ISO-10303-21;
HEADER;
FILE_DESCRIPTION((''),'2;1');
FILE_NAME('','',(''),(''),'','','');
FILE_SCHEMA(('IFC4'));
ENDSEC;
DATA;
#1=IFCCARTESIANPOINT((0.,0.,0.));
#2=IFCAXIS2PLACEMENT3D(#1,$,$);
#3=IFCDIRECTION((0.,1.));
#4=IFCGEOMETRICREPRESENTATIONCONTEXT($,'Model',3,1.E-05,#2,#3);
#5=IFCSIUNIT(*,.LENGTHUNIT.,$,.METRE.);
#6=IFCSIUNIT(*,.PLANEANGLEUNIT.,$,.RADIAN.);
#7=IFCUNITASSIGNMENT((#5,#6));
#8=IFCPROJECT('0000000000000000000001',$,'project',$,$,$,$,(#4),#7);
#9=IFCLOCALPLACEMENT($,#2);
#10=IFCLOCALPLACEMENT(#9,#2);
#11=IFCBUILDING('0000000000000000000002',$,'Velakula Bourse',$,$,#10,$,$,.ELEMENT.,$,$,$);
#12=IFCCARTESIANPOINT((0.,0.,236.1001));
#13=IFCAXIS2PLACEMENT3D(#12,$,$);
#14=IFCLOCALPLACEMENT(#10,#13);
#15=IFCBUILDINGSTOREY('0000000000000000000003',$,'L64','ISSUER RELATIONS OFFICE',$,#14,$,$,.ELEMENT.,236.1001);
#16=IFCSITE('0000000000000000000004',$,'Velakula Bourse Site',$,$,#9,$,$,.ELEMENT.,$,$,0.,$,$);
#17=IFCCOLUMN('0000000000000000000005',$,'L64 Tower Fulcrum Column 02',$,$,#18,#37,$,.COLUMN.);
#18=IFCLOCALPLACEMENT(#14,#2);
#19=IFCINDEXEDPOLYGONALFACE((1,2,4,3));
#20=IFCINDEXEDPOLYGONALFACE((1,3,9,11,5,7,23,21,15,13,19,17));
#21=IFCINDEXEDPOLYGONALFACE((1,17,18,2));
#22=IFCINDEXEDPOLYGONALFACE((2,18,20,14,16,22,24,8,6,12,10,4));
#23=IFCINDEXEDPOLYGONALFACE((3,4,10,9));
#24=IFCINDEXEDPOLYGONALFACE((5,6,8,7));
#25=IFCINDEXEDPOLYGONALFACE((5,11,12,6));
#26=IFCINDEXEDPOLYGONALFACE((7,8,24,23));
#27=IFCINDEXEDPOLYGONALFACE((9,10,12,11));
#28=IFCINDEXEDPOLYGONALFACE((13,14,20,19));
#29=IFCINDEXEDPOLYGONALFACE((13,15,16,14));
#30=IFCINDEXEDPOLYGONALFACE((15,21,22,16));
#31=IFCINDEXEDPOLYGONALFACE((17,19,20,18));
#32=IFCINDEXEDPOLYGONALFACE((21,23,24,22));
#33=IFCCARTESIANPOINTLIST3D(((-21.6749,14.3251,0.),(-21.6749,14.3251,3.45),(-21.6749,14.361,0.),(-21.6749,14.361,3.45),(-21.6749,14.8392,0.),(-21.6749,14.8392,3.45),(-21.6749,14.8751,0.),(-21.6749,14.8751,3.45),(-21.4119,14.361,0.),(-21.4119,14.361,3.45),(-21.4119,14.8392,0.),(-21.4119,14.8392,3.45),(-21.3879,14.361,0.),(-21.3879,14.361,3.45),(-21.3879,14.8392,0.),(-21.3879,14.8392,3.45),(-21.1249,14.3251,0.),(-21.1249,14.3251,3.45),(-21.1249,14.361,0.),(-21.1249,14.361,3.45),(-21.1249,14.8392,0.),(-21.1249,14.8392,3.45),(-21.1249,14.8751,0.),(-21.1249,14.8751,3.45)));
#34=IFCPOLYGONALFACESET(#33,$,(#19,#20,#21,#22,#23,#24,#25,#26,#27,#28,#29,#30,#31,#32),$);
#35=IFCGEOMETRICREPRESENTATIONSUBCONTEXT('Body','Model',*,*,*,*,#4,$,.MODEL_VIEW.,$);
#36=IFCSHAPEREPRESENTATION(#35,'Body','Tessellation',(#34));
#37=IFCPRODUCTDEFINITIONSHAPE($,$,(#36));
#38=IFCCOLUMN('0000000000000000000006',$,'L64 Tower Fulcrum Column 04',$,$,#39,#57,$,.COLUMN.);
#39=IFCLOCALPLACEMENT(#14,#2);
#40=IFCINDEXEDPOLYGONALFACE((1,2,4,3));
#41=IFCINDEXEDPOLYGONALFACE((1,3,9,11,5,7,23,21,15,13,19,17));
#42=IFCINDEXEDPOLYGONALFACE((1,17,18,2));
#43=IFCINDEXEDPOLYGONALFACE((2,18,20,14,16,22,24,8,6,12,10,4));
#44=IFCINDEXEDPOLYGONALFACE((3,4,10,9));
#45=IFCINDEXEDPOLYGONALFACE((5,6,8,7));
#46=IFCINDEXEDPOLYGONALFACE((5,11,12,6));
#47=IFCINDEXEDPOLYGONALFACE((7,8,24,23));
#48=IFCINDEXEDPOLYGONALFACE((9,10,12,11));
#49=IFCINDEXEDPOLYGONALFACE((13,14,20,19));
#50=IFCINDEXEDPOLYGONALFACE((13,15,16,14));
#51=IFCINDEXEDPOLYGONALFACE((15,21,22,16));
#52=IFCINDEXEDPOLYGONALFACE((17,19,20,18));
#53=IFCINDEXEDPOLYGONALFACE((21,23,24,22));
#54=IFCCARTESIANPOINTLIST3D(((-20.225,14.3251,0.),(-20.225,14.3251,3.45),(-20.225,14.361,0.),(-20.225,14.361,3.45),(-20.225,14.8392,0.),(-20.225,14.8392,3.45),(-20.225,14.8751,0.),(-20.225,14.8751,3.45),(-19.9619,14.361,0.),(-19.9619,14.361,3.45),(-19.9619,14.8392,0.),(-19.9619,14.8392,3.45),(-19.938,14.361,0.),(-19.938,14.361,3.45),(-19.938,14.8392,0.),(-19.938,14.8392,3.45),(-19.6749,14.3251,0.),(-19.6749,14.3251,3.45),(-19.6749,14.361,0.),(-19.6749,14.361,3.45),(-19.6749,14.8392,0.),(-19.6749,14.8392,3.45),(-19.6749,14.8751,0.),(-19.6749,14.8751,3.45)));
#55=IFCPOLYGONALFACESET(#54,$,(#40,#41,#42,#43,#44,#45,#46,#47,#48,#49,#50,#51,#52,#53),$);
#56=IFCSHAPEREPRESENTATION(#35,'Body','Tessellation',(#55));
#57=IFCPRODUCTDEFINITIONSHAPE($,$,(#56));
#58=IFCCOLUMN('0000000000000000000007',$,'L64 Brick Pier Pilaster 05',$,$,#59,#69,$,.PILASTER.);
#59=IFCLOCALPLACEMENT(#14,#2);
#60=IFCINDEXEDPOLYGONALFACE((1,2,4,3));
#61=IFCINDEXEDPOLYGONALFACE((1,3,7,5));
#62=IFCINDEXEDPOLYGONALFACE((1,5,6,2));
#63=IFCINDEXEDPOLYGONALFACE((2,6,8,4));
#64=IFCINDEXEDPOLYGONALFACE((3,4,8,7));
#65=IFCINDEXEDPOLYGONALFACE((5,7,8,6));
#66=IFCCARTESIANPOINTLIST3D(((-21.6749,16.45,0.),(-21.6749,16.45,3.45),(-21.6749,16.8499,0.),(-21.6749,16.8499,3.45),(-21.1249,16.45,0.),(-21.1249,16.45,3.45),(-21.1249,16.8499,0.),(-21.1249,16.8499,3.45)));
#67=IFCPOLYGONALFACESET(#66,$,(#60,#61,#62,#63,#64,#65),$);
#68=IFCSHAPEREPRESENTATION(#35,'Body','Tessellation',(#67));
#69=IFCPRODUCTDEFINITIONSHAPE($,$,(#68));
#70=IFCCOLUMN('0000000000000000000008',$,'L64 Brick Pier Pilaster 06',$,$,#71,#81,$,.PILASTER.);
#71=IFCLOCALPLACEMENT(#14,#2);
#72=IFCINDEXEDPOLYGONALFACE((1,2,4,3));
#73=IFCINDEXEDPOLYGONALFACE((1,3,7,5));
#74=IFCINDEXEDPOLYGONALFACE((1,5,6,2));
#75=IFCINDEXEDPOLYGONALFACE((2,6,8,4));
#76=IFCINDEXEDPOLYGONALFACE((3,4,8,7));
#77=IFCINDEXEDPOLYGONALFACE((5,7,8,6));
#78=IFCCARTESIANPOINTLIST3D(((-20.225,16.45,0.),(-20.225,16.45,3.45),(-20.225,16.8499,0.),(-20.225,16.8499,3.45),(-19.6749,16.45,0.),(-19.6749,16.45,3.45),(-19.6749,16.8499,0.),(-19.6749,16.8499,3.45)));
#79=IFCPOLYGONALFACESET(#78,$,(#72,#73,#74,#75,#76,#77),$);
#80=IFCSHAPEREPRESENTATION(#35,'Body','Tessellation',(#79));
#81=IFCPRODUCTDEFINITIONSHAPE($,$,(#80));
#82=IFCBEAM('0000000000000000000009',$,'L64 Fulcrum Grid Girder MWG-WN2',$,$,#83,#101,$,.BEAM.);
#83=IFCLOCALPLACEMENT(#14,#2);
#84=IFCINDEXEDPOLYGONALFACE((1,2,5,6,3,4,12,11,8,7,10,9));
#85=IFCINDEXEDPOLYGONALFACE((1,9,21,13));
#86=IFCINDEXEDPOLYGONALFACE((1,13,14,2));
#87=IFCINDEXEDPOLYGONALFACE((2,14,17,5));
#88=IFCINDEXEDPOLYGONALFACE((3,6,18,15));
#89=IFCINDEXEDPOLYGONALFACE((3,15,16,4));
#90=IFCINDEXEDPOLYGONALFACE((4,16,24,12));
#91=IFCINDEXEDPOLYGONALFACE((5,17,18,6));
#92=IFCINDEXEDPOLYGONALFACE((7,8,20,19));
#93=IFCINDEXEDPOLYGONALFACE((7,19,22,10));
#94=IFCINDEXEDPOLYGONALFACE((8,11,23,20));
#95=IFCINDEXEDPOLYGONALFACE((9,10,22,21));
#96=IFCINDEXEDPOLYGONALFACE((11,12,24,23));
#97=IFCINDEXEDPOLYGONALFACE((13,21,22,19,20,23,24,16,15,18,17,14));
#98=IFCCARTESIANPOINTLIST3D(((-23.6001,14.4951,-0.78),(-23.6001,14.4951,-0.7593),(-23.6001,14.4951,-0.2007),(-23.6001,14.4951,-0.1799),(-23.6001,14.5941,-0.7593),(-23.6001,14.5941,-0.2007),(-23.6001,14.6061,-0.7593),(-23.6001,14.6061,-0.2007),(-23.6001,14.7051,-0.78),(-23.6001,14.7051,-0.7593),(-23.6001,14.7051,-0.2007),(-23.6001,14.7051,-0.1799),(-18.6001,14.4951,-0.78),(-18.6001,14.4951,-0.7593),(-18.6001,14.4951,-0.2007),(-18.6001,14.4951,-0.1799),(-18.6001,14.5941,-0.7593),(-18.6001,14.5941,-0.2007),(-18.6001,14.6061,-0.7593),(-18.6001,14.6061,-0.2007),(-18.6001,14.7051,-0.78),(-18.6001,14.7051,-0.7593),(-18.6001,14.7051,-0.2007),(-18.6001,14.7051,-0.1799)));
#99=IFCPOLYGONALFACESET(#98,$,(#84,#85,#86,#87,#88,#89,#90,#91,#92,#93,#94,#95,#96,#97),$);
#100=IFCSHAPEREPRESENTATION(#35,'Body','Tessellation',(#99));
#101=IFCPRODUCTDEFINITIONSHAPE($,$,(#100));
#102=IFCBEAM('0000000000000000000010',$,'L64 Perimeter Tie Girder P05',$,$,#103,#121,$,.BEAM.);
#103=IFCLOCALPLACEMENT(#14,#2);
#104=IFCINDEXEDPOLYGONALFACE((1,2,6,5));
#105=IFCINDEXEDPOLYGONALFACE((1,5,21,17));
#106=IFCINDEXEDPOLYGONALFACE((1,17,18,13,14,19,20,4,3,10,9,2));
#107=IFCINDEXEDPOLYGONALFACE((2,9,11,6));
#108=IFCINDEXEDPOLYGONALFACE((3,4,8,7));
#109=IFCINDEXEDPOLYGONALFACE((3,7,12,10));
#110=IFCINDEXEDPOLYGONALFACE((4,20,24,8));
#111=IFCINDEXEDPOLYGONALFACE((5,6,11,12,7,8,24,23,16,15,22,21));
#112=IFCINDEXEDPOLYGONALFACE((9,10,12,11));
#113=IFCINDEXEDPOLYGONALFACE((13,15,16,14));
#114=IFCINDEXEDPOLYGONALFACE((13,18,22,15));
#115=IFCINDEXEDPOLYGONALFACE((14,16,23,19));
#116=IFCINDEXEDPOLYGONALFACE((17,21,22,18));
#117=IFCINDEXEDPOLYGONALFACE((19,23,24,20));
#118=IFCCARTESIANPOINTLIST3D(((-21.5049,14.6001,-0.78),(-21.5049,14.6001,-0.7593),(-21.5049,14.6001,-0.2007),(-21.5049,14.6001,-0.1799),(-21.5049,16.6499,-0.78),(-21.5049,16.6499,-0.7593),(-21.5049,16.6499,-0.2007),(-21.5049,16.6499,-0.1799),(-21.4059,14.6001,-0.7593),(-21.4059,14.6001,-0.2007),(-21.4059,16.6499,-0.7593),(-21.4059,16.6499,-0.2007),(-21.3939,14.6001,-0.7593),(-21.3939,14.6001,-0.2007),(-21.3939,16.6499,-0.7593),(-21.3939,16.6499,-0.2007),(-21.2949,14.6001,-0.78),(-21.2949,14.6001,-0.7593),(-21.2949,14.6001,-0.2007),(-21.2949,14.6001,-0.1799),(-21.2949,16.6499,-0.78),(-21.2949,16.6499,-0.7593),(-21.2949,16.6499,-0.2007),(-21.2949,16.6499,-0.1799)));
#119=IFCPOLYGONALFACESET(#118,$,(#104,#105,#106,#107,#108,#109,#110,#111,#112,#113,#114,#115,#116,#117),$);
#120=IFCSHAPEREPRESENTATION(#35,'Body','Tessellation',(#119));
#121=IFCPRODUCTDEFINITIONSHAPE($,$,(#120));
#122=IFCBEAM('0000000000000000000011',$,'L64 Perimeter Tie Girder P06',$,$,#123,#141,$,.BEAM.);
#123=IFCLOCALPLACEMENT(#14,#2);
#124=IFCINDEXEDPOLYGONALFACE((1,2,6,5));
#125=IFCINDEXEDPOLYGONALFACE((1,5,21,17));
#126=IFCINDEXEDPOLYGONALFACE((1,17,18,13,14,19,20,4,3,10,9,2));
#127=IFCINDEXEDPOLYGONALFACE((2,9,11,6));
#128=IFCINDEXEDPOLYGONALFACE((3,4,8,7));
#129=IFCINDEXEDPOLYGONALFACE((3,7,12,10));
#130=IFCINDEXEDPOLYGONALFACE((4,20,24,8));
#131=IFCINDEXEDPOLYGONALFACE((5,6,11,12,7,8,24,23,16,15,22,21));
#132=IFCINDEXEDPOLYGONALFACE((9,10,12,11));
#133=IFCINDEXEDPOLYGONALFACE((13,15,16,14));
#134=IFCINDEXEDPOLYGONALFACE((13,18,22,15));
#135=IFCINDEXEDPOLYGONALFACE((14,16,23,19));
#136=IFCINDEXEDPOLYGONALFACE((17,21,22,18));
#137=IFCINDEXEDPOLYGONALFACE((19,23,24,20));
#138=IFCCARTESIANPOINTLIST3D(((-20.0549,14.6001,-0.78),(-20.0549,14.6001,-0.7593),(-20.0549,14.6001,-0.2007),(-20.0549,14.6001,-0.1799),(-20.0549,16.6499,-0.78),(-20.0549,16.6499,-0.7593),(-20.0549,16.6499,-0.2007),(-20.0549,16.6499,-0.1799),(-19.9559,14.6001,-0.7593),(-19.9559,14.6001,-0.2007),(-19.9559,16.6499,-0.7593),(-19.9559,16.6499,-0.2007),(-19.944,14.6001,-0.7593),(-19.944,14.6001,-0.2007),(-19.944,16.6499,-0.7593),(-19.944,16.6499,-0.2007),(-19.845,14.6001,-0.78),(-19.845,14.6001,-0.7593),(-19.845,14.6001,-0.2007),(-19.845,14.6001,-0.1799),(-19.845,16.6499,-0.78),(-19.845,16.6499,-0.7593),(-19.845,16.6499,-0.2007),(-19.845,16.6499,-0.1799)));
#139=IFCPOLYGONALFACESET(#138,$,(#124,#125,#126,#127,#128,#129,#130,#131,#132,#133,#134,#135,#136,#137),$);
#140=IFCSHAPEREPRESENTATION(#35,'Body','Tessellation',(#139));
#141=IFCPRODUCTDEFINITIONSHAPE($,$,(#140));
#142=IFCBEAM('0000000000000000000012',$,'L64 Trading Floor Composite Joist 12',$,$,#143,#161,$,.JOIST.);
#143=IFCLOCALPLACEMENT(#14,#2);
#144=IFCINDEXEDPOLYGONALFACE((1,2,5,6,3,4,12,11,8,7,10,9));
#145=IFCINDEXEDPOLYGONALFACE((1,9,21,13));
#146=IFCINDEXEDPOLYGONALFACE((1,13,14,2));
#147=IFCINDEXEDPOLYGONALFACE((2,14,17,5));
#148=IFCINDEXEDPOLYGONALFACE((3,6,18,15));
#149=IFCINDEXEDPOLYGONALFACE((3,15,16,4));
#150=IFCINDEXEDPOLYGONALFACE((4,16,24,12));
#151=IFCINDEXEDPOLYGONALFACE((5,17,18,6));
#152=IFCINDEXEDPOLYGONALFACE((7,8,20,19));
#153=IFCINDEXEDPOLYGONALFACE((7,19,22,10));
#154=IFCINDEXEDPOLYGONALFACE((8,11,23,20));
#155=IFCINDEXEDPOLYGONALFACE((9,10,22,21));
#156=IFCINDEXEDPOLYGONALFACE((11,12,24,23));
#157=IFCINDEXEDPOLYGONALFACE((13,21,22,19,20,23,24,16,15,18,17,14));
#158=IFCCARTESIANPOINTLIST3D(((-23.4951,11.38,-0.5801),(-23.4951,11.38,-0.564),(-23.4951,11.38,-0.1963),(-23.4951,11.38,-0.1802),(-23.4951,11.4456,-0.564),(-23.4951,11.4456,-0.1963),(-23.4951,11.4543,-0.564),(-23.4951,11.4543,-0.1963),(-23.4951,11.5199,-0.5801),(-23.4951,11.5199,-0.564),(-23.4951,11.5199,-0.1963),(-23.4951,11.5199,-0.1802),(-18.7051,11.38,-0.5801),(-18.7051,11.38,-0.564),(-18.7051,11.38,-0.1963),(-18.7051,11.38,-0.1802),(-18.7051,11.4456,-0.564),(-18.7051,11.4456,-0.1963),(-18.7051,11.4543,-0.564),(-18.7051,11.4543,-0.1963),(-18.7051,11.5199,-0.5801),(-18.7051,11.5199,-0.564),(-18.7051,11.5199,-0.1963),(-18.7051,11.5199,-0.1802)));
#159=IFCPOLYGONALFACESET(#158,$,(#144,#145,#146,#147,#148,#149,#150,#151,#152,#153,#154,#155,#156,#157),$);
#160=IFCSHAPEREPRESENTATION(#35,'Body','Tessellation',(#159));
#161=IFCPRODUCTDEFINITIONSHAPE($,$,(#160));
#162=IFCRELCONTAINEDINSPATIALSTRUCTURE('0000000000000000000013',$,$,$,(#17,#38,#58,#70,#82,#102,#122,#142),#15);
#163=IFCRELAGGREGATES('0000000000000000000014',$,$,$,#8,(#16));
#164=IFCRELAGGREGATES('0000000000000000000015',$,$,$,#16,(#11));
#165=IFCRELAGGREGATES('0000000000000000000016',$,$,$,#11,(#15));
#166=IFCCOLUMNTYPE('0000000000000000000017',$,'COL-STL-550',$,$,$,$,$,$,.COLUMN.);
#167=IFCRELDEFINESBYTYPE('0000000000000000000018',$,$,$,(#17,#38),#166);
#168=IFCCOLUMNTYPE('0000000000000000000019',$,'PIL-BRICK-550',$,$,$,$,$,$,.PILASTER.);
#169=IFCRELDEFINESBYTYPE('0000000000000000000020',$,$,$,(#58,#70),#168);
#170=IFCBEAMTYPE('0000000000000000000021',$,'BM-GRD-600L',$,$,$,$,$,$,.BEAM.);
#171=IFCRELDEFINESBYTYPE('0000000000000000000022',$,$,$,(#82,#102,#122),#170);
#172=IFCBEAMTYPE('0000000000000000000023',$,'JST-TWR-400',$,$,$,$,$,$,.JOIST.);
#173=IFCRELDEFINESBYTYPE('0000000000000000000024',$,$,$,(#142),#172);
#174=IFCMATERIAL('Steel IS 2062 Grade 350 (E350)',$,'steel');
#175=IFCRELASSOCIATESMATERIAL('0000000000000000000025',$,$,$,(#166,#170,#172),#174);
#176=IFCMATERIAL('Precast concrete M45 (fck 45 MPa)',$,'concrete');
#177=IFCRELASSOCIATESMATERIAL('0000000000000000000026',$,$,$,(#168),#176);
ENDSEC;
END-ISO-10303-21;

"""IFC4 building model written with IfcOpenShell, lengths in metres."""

from ifc_helpers import new_model, si_unit, direction, frame, origin, origin_2d, place, context, subcontext, project, spatial, rectangle, i_section, extrude, material, material_profile, profile_set, type_object, element, save


model = new_model("IFC4")

# Units and contexts
model_context = context("Model", 3, precision=1e-05, world=origin(), true_north=direction((0.0, 1.0)))
body_context = subcontext(model_context, "Body", "Model", "MODEL_VIEW")
ifc_project = project(units=[si_unit("LENGTHUNIT", "METRE"), si_unit("PLANEANGLEUNIT", "RADIAN")], contexts=[model_context])

# Site, building, storey
site_placement = place(None, origin())
site = spatial("IfcSite", under=ifc_project, at=site_placement, Name="Velakula Bourse Site", CompositionType="ELEMENT", RefElevation=0.0)
building_placement = place(site_placement, origin())
building = spatial("IfcBuilding", under=site, at=building_placement, Name="Velakula Bourse", CompositionType="ELEMENT")
storey_placement = place(building_placement, frame((0.0, 0.0, 236.1001)))
storey = spatial("IfcBuildingStorey", under=building, at=storey_placement, Name="L64", Description="ISSUER RELATIONS OFFICE", CompositionType="ELEMENT", Elevation=236.1001)

# Columns
ifc_material_1 = material(Name="Steel IS 2062 Grade 350 (E350)", Category="steel")
ifc_material_profile_1 = material_profile(ifc_material_1, i_section(OverallWidth=0.55, OverallDepth=0.55, WebThickness=0.0239, FlangeThickness=0.0359, at=origin_2d()), Name="Steel IS 2062 Grade 350 (E350)")
ifc_profile_set_1 = profile_set([ifc_material_profile_1], Name="Steel IS 2062 Grade 350 (E350)")
column_type_1 = type_object("IfcColumnType", Name="COL-STL-550", PredefinedType="COLUMN", material=ifc_profile_set_1)
for number, where, z_axis, x_axis, name in (
    (1, (-21.3999, 14.6001, 0.0), (0.0, 0.0, 1.0), (1.0, 0.0, 0.0), "L64 Tower Fulcrum Column 02"),
    (2, (-19.95, 14.6001, 0.0), (0.0, 0.0, 1.0), (1.0, 0.0, 0.0), "L64 Tower Fulcrum Column 04"),
):
    element("IfcColumn", number, at=place(storey_placement, frame(where, z_axis=z_axis, x_axis=x_axis)), inside=storey, type_object=column_type_1, Name=name, PredefinedType="COLUMN", context=body_context, shape_type="SweptSolid", body=[
        extrude(i_section(OverallWidth=0.55, OverallDepth=0.55, WebThickness=0.0239, FlangeThickness=0.0359, at=origin_2d()), origin(), (0.0, 0.0, 1.0), 3.45),
    ])
ifc_material_2 = material(Name="Precast concrete M45 (fck 45 MPa)", Category="concrete")
ifc_material_profile_2 = material_profile(ifc_material_2, rectangle(XDim=0.55, YDim=0.3999, at=origin_2d()), Name="Precast concrete M45 (fck 45 MPa)")
ifc_profile_set_2 = profile_set([ifc_material_profile_2], Name="Precast concrete M45 (fck 45 MPa)")
column_type_2 = type_object("IfcColumnType", Name="PIL-BRICK-550", PredefinedType="PILASTER", material=ifc_profile_set_2)
for number, where, z_axis, x_axis, name in (
    (3, (-21.3999, 16.6499, 0.0), (0.0, 0.0, 1.0), (1.0, 0.0, 0.0), "L64 Brick Pier Pilaster 05"),
    (4, (-19.95, 16.6499, 0.0), (0.0, 0.0, 1.0), (1.0, 0.0, 0.0), "L64 Brick Pier Pilaster 06"),
):
    element("IfcColumn", number, at=place(storey_placement, frame(where, z_axis=z_axis, x_axis=x_axis)), inside=storey, type_object=column_type_2, Name=name, PredefinedType="PILASTER", context=body_context, shape_type="SweptSolid", body=[
        extrude(rectangle(XDim=0.55, YDim=0.3999, at=origin_2d()), origin(), (0.0, 0.0, 1.0), 3.45),
    ])

# Beams
ifc_material_profile_3 = material_profile(ifc_material_1, i_section(OverallWidth=0.21, OverallDepth=0.6001, WebThickness=0.012, FlangeThickness=0.0208, at=origin_2d()), Name="Steel IS 2062 Grade 350 (E350)")
ifc_profile_set_3 = profile_set([ifc_material_profile_3], Name="Steel IS 2062 Grade 350 (E350)")
beam_type_1 = type_object("IfcBeamType", Name="BM-GRD-600L", PredefinedType="BEAM", material=ifc_profile_set_3)
beam_1_placement = place(storey_placement, frame((-23.6001, 14.6001, -0.48), z_axis=(1.0, 0.0, 0.0), x_axis=(0.0, 1.0, 0.0)))
element("IfcBeam", 5, at=beam_1_placement, inside=storey, type_object=beam_type_1, Name="L64 Fulcrum Grid Girder MWG-WN2", PredefinedType="BEAM", context=body_context, shape_type="SweptSolid", body=[
    extrude(i_section(OverallWidth=0.21, OverallDepth=0.6001, WebThickness=0.012, FlangeThickness=0.0208, at=origin_2d()), origin(), (0.0, 0.0, 1.0), 5.0),
])
for number, where, z_axis, x_axis, name in (
    (6, (-21.3999, 14.6001, -0.48), (0.0, 1.0, 0.0), (-1.0, 0.0, 0.0), "L64 Perimeter Tie Girder P05"),
    (7, (-19.95, 14.6001, -0.48), (0.0, 1.0, 0.0), (-1.0, 0.0, 0.0), "L64 Perimeter Tie Girder P06"),
):
    element("IfcBeam", number, at=place(storey_placement, frame(where, z_axis=z_axis, x_axis=x_axis)), inside=storey, type_object=beam_type_1, Name=name, PredefinedType="BEAM", context=body_context, shape_type="SweptSolid", body=[
        extrude(i_section(OverallWidth=0.21, OverallDepth=0.6001, WebThickness=0.012, FlangeThickness=0.0208, at=origin_2d()), origin(), (0.0, 0.0, 1.0), 2.0498),
    ])
ifc_material_profile_4 = material_profile(ifc_material_1, i_section(OverallWidth=0.1399, OverallDepth=0.3999, WebThickness=0.0088, FlangeThickness=0.0161, at=origin_2d()), Name="Steel IS 2062 Grade 350 (E350)")
ifc_profile_set_4 = profile_set([ifc_material_profile_4], Name="Steel IS 2062 Grade 350 (E350)")
beam_type_2 = type_object("IfcBeamType", Name="JST-TWR-400", PredefinedType="JOIST", material=ifc_profile_set_4)
beam_2_placement = place(storey_placement, frame((-23.4951, 11.45, -0.3801), z_axis=(1.0, 0.0, 0.0), x_axis=(0.0, 1.0, 0.0)))
element("IfcBeam", 8, at=beam_2_placement, inside=storey, type_object=beam_type_2, Name="L64 Trading Floor Composite Joist 12", PredefinedType="JOIST", context=body_context, shape_type="SweptSolid", body=[
    extrude(i_section(OverallWidth=0.1399, OverallDepth=0.3999, WebThickness=0.0088, FlangeThickness=0.0161, at=origin_2d()), origin(), (0.0, 0.0, 1.0), 4.79),
])

save(model, "model.ifc")
